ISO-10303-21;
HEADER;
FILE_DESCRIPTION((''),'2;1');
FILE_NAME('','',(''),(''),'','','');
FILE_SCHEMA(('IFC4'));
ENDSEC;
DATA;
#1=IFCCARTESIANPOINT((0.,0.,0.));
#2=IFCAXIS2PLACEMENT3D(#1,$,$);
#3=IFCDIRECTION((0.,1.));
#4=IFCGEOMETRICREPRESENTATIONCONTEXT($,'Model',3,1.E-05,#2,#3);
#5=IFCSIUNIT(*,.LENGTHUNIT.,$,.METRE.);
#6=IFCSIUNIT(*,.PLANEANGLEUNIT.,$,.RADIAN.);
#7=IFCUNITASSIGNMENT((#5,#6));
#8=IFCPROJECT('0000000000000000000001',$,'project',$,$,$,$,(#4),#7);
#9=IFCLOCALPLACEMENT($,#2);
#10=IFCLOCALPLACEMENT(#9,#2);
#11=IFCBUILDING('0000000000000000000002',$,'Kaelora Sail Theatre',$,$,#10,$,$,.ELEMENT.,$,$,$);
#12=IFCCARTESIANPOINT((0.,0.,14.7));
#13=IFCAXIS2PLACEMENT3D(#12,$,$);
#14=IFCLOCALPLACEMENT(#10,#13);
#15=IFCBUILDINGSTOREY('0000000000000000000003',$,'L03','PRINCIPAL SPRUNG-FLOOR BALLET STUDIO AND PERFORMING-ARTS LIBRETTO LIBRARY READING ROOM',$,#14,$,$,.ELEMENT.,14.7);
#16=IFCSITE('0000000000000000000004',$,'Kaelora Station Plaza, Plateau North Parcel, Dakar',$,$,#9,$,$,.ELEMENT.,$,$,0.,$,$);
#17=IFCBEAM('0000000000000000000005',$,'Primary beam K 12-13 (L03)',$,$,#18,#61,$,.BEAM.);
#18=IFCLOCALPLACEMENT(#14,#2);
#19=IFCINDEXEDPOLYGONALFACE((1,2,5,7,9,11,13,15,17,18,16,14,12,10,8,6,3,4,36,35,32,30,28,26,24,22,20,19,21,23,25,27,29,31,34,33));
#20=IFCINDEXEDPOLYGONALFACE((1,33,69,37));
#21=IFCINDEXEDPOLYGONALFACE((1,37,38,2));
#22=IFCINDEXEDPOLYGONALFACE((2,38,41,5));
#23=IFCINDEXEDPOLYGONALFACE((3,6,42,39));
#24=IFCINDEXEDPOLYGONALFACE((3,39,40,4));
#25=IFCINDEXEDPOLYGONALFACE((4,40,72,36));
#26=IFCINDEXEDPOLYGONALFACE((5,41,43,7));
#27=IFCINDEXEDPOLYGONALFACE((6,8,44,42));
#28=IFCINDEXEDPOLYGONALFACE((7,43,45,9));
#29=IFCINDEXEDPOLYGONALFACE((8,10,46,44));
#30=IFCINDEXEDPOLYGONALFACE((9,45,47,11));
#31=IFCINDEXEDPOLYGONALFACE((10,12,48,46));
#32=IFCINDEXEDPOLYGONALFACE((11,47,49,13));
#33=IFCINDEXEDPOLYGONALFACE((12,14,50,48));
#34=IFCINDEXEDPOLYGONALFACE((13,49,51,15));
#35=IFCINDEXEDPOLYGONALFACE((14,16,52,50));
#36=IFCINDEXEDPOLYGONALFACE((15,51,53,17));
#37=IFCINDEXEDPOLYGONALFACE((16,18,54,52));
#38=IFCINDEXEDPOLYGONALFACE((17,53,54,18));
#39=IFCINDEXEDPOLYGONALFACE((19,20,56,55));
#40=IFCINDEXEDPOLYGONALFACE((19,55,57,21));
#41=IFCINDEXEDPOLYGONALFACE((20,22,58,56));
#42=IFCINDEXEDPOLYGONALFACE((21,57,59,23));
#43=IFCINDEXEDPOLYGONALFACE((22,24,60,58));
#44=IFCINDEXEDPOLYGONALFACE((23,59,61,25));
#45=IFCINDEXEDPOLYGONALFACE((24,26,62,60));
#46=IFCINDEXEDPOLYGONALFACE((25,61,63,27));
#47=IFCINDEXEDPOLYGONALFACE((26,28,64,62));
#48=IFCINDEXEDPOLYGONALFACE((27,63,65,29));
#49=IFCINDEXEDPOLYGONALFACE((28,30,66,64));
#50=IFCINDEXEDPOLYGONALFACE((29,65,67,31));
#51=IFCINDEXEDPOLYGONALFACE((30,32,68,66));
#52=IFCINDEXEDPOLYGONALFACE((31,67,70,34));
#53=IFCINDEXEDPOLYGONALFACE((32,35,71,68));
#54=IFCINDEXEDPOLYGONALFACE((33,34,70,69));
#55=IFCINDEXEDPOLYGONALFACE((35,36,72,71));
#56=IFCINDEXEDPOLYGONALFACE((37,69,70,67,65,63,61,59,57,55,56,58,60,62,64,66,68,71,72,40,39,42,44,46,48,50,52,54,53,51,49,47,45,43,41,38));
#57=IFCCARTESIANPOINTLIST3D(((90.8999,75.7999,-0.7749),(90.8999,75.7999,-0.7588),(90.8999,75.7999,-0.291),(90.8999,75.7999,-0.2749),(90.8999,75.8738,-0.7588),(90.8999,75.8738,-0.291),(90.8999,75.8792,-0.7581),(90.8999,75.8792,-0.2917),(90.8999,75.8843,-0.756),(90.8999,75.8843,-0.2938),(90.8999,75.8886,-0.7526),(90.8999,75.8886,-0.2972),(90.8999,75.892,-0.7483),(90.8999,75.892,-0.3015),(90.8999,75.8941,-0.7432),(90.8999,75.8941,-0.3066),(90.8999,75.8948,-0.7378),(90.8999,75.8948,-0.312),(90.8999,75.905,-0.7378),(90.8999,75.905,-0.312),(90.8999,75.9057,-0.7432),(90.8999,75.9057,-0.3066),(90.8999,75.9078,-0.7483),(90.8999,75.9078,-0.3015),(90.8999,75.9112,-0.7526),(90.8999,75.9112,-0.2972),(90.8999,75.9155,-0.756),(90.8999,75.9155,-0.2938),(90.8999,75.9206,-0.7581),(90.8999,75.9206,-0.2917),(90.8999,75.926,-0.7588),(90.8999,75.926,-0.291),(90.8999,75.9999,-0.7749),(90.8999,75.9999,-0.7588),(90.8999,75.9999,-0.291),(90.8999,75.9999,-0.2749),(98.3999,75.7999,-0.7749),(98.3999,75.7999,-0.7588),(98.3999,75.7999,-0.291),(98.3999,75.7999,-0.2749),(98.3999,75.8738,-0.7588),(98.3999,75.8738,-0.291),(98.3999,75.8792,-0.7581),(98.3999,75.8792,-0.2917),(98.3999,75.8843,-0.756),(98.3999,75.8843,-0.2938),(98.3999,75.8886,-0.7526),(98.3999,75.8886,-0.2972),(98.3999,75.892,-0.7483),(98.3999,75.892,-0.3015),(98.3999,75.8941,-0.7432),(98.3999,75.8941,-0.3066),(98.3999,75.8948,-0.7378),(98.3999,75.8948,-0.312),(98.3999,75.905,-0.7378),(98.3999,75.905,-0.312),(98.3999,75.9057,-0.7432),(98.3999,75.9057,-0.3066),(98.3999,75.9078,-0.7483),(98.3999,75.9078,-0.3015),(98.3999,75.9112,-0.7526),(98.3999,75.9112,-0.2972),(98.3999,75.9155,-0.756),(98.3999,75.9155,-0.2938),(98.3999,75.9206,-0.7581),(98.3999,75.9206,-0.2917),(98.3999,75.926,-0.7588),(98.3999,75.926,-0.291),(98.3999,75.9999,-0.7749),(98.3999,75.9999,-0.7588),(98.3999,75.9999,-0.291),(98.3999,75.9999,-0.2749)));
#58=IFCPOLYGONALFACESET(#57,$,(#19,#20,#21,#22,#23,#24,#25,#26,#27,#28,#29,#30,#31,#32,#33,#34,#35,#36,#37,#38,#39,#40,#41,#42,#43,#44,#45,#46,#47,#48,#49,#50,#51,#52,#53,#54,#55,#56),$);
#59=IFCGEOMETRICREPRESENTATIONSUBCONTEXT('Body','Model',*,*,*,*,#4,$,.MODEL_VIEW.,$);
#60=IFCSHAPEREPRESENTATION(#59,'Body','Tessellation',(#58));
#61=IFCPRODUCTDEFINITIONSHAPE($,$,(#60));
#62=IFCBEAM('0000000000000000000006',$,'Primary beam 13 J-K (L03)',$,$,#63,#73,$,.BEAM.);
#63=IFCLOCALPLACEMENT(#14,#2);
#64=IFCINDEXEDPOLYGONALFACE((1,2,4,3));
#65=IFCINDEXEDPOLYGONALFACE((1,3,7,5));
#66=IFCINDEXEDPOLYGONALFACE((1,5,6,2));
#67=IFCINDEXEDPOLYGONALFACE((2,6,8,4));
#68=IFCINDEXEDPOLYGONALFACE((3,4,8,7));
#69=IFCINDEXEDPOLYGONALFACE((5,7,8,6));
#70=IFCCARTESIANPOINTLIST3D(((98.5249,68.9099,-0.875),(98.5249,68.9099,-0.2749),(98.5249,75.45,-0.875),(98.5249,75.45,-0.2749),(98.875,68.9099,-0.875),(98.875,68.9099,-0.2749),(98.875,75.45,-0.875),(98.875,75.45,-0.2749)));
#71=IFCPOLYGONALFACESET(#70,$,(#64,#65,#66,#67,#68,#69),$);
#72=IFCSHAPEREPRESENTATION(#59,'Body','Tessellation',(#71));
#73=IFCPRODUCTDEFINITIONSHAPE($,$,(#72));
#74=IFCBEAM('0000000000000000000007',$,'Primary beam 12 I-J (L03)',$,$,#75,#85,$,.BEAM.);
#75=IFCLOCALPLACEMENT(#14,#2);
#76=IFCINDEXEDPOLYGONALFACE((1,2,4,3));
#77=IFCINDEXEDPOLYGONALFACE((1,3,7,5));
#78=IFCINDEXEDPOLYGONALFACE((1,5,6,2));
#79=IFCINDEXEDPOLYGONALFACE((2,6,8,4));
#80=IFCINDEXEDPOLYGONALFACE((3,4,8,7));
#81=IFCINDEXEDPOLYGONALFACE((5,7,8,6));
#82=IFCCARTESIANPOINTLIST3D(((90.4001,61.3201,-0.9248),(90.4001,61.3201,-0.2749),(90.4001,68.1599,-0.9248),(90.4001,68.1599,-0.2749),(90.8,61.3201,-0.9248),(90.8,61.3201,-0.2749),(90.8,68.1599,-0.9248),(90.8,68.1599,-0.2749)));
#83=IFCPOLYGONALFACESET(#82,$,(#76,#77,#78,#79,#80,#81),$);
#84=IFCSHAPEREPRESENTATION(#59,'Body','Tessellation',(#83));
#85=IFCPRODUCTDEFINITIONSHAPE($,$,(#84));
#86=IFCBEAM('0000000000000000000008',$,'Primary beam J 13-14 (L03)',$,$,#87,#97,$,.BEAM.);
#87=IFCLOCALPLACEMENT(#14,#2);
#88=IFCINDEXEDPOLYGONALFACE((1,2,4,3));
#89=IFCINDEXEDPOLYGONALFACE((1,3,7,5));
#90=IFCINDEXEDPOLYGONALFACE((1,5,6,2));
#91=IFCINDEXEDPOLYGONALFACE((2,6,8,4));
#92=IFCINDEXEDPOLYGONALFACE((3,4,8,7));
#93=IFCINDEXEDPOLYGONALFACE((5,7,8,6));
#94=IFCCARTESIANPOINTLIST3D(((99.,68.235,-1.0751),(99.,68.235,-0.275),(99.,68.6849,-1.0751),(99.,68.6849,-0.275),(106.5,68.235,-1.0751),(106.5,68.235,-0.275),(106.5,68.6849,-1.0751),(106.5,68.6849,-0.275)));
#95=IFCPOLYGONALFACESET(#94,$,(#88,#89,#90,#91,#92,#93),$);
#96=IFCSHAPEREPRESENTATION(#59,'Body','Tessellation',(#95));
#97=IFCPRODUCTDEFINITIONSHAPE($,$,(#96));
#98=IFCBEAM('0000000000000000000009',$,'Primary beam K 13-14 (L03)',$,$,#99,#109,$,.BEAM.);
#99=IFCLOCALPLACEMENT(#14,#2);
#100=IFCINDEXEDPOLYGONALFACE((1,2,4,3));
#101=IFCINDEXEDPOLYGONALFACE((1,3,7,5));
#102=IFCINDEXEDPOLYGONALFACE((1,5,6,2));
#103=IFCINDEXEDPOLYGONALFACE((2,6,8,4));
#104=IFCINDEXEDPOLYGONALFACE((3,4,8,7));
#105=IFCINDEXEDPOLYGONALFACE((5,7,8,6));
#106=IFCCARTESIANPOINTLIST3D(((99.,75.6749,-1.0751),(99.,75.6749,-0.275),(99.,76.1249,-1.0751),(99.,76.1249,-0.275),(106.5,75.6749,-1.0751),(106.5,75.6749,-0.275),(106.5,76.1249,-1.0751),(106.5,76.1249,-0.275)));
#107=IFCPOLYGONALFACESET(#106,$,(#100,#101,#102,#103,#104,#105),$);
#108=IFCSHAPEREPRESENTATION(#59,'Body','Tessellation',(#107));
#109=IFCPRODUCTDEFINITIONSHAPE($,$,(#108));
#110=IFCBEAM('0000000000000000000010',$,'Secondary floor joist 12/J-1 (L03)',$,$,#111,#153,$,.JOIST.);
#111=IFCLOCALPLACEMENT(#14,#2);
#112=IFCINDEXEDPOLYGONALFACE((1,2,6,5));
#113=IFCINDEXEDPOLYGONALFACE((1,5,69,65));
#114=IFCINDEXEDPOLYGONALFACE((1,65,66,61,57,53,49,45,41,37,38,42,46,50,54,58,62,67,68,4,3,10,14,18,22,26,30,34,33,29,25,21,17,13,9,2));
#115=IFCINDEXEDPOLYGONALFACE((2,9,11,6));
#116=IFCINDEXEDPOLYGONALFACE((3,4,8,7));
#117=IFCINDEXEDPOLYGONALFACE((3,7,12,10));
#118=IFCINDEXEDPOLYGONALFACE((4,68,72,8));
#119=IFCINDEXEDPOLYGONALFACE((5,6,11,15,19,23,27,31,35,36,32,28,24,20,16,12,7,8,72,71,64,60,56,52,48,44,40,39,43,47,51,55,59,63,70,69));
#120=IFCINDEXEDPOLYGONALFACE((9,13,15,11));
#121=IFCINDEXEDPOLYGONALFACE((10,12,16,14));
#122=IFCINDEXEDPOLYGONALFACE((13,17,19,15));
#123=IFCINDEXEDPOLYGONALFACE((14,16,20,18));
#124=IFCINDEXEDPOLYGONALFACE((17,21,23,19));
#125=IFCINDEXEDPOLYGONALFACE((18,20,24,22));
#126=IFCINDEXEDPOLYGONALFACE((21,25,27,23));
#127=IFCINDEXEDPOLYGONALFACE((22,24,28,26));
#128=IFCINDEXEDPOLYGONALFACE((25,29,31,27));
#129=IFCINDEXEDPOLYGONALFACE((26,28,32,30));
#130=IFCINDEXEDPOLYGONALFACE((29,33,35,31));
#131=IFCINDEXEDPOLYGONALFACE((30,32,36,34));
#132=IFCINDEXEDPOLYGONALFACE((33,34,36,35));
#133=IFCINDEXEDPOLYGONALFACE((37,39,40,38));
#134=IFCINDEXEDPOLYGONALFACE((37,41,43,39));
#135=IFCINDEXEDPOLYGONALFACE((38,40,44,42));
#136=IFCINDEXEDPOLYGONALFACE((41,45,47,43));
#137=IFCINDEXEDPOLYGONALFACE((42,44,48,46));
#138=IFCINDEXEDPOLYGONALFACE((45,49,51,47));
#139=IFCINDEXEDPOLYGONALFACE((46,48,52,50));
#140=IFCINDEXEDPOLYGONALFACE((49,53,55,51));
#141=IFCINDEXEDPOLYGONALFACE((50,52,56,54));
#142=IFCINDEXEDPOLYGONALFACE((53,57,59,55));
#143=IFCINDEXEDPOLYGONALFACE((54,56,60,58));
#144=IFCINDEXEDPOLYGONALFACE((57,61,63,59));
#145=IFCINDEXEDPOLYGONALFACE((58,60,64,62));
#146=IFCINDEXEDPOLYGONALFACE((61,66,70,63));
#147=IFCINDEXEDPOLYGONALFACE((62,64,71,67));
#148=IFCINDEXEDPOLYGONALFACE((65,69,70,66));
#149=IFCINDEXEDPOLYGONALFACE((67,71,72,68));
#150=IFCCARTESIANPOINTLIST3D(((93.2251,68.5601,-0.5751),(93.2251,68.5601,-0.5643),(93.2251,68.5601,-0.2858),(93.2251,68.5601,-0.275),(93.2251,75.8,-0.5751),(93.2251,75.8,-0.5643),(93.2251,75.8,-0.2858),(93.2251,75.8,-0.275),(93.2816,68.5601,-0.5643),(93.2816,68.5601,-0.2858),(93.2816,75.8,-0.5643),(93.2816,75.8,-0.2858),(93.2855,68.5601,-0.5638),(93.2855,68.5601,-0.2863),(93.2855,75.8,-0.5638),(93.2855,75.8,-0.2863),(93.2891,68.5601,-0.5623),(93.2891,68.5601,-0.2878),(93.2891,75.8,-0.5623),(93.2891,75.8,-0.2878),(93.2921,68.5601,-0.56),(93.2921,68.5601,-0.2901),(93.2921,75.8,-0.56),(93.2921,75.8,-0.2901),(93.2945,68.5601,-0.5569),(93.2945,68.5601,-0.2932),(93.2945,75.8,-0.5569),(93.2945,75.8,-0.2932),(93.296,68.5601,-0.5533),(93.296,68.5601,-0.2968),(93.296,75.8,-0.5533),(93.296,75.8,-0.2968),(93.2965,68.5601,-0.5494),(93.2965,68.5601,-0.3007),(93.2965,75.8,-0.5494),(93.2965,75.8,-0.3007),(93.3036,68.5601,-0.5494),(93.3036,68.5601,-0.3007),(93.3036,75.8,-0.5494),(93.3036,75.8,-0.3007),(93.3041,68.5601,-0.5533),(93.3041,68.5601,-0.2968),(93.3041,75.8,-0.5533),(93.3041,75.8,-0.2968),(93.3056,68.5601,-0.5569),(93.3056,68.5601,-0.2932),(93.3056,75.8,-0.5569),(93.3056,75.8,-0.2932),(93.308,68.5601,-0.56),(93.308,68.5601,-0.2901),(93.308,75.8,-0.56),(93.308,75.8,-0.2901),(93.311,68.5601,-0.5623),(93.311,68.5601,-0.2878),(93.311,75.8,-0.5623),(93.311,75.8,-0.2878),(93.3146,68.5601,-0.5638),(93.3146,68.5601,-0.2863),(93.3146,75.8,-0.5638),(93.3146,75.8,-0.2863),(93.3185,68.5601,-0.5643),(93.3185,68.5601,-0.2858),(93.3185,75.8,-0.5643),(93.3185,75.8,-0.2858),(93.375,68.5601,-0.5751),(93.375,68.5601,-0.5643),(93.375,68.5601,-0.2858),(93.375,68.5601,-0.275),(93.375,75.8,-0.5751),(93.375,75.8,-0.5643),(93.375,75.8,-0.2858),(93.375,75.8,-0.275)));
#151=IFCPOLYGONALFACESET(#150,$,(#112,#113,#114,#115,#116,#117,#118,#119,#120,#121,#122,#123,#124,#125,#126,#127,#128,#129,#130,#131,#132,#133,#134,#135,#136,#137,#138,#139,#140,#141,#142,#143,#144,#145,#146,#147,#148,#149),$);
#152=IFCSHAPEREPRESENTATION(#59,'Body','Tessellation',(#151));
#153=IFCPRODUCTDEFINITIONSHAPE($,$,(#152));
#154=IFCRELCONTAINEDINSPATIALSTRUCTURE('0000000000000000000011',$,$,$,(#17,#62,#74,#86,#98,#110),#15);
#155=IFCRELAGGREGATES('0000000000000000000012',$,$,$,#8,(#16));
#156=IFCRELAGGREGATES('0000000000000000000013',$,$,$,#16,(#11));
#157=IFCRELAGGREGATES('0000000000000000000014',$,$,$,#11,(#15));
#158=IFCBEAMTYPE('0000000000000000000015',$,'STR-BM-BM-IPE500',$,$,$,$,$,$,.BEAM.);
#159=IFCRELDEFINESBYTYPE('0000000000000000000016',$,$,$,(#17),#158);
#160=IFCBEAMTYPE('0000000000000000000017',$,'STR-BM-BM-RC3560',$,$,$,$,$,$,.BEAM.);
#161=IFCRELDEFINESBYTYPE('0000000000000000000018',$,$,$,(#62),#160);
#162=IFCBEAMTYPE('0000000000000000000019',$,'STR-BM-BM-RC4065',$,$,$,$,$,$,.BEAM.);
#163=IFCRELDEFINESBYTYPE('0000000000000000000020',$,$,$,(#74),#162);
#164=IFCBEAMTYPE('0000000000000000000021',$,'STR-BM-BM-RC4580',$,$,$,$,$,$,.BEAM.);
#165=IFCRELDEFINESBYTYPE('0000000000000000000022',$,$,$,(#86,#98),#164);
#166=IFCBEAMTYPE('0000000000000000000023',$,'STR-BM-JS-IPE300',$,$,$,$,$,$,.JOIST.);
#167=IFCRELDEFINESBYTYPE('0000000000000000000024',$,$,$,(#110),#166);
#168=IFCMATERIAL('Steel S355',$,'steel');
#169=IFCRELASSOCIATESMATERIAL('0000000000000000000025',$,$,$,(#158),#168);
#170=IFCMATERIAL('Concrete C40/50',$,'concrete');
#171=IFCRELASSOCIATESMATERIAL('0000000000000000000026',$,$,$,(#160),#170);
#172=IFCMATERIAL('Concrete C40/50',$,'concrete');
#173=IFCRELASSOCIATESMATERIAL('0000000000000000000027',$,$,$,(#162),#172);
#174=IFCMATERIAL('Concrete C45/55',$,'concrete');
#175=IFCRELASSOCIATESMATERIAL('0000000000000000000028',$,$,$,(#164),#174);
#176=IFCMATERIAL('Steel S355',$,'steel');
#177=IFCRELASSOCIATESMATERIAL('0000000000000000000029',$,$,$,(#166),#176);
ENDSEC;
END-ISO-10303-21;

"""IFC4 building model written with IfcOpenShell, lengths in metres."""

from ifc_helpers import new_model, si_unit, direction, frame, origin, origin_2d, place, context, subcontext, project, spatial, rectangle, i_section, extrude, material, material_profile, profile_set, type_object, element, save


model = new_model("IFC4")

# Units and contexts
model_context = context("Model", 3, precision=1e-05, world=origin(), true_north=direction((0.0, 1.0)))
body_context = subcontext(model_context, "Body", "Model", "MODEL_VIEW")
ifc_project = project(units=[si_unit("LENGTHUNIT", "METRE"), si_unit("PLANEANGLEUNIT", "RADIAN")], contexts=[model_context])

# Site, building, storey
site_placement = place(None, origin())
site = spatial("IfcSite", under=ifc_project, at=site_placement, Name="Kaelora Station Plaza, Plateau North Parcel, Dakar", CompositionType="ELEMENT", RefElevation=0.0)
building_placement = place(site_placement, origin())
building = spatial("IfcBuilding", under=site, at=building_placement, Name="Kaelora Sail Theatre", CompositionType="ELEMENT")
storey_placement = place(building_placement, frame((0.0, 0.0, 14.7)))
storey = spatial("IfcBuildingStorey", under=building, at=storey_placement, Name="L03", Description="PRINCIPAL SPRUNG-FLOOR BALLET STUDIO AND PERFORMING-ARTS LIBRETTO LIBRARY READING ROOM", CompositionType="ELEMENT", Elevation=14.7)

# Beams
ifc_material_1 = material(Name="Steel S355", Category="steel")
ifc_material_profile_1 = material_profile(ifc_material_1, i_section(OverallWidth=0.2, OverallDepth=0.5, WebThickness=0.0103, FlangeThickness=0.0161, FilletRadius=0.021, at=origin_2d()), Name="IPE 500")
ifc_profile_set_1 = profile_set([ifc_material_profile_1], Name="Steel S355")
beam_type_1 = type_object("IfcBeamType", Name="STR-BM-BM-IPE500", PredefinedType="BEAM", material=ifc_profile_set_1)
for number, where, z_axis, x_axis, name in (
    (1, (90.8999, 75.8999, -0.5249), (1.0, 0.0, 0.0), (0.0, 1.0, 0.0), "Primary beam K 12-13 (L03)"),
):
    element("IfcBeam", number, at=place(storey_placement, frame(where, z_axis=z_axis, x_axis=x_axis)), inside=storey, type_object=beam_type_1, Name=name, PredefinedType="BEAM", context=body_context, shape_type="SweptSolid", body=[
        extrude(i_section(OverallWidth=0.2, OverallDepth=0.5, WebThickness=0.0103, FlangeThickness=0.0161, FilletRadius=0.021, at=origin_2d()), origin(), (0.0, 0.0, 1.0), 7.5),
    ])
ifc_material_2 = material(Name="Concrete C40/50", Category="concrete")
ifc_material_profile_2 = material_profile(ifc_material_2, rectangle(XDim=0.3501, YDim=0.6001, at=origin_2d()), Name="RC-BM 350x600")
ifc_profile_set_2 = profile_set([ifc_material_profile_2], Name="Concrete C40/50")
beam_type_2 = type_object("IfcBeamType", Name="STR-BM-BM-RC3560", PredefinedType="BEAM", material=ifc_profile_set_2)
beam_1_placement = place(storey_placement, frame((98.7, 68.9099, -0.575), z_axis=(0.0, 1.0, 0.0), x_axis=(-1.0, 0.0, 0.0)))
element("IfcBeam", 2, at=beam_1_placement, inside=storey, type_object=beam_type_2, Name="Primary beam 13 J-K (L03)", PredefinedType="BEAM", context=body_context, shape_type="SweptSolid", body=[
    extrude(rectangle(XDim=0.3501, YDim=0.6001, at=origin_2d()), origin(), (0.0, 0.0, 1.0), 6.54),
])
ifc_material_3 = material(Name="Concrete C40/50", Category="concrete")
ifc_material_profile_3 = material_profile(ifc_material_3, rectangle(XDim=0.3999, YDim=0.6499, at=origin_2d()), Name="RC-BM 400x650")
ifc_profile_set_3 = profile_set([ifc_material_profile_3], Name="Concrete C40/50")
beam_type_3 = type_object("IfcBeamType", Name="STR-BM-BM-RC4065", PredefinedType="BEAM", material=ifc_profile_set_3)
beam_2_placement = place(storey_placement, frame((90.6001, 61.3201, -0.5999), z_axis=(0.0, 1.0, 0.0), x_axis=(-1.0, 0.0, 0.0)))
element("IfcBeam", 3, at=beam_2_placement, inside=storey, type_object=beam_type_3, Name="Primary beam 12 I-J (L03)", PredefinedType="BEAM", context=body_context, shape_type="SweptSolid", body=[
    extrude(rectangle(XDim=0.3999, YDim=0.6499, at=origin_2d()), origin(), (0.0, 0.0, 1.0), 6.8398),
])
ifc_material_4 = material(Name="Concrete C45/55", Category="concrete")
ifc_material_profile_4 = material_profile(ifc_material_4, rectangle(XDim=0.45, YDim=0.8, at=origin_2d()), Name="RC-BM 450x800")
ifc_profile_set_4 = profile_set([ifc_material_profile_4], Name="Concrete C45/55")
beam_type_4 = type_object("IfcBeamType", Name="STR-BM-BM-RC4580", PredefinedType="BEAM", material=ifc_profile_set_4)
for number, where, z_axis, x_axis, name in (
    (4, (99.0, 68.46, -0.675), (1.0, 0.0, 0.0), (0.0, 1.0, 0.0), "Primary beam J 13-14 (L03)"),
    (5, (99.0, 75.8999, -0.675), (1.0, 0.0, 0.0), (0.0, 1.0, 0.0), "Primary beam K 13-14 (L03)"),
):
    element("IfcBeam", number, at=place(storey_placement, frame(where, z_axis=z_axis, x_axis=x_axis)), inside=storey, type_object=beam_type_4, Name=name, PredefinedType="BEAM", context=body_context, shape_type="SweptSolid", body=[
        extrude(rectangle(XDim=0.45, YDim=0.8, at=origin_2d()), origin(), (0.0, 0.0, 1.0), 7.5),
    ])
ifc_material_5 = material(Name="Steel S355", Category="steel")
ifc_material_profile_5 = material_profile(ifc_material_5, i_section(OverallWidth=0.1499, OverallDepth=0.3, WebThickness=0.0071, FlangeThickness=0.0107, FilletRadius=0.0149, at=origin_2d()), Name="IPE 300")
ifc_profile_set_5 = profile_set([ifc_material_profile_5], Name="Steel S355")
beam_type_5 = type_object("IfcBeamType", Name="STR-BM-JS-IPE300", PredefinedType="JOIST", material=ifc_profile_set_5)
beam_3_placement = place(storey_placement, frame((93.3, 68.5601, -0.425), z_axis=(0.0, 1.0, 0.0), x_axis=(-1.0, 0.0, 0.0)))
element("IfcBeam", 6, at=beam_3_placement, inside=storey, type_object=beam_type_5, Name="Secondary floor joist 12/J-1 (L03)", PredefinedType="JOIST", context=body_context, shape_type="SweptSolid", body=[
    extrude(i_section(OverallWidth=0.1499, OverallDepth=0.3, WebThickness=0.0071, FlangeThickness=0.0107, FilletRadius=0.0149, at=origin_2d()), origin(), (0.0, 0.0, 1.0), 7.24),
])

save(model, "model.ifc")
